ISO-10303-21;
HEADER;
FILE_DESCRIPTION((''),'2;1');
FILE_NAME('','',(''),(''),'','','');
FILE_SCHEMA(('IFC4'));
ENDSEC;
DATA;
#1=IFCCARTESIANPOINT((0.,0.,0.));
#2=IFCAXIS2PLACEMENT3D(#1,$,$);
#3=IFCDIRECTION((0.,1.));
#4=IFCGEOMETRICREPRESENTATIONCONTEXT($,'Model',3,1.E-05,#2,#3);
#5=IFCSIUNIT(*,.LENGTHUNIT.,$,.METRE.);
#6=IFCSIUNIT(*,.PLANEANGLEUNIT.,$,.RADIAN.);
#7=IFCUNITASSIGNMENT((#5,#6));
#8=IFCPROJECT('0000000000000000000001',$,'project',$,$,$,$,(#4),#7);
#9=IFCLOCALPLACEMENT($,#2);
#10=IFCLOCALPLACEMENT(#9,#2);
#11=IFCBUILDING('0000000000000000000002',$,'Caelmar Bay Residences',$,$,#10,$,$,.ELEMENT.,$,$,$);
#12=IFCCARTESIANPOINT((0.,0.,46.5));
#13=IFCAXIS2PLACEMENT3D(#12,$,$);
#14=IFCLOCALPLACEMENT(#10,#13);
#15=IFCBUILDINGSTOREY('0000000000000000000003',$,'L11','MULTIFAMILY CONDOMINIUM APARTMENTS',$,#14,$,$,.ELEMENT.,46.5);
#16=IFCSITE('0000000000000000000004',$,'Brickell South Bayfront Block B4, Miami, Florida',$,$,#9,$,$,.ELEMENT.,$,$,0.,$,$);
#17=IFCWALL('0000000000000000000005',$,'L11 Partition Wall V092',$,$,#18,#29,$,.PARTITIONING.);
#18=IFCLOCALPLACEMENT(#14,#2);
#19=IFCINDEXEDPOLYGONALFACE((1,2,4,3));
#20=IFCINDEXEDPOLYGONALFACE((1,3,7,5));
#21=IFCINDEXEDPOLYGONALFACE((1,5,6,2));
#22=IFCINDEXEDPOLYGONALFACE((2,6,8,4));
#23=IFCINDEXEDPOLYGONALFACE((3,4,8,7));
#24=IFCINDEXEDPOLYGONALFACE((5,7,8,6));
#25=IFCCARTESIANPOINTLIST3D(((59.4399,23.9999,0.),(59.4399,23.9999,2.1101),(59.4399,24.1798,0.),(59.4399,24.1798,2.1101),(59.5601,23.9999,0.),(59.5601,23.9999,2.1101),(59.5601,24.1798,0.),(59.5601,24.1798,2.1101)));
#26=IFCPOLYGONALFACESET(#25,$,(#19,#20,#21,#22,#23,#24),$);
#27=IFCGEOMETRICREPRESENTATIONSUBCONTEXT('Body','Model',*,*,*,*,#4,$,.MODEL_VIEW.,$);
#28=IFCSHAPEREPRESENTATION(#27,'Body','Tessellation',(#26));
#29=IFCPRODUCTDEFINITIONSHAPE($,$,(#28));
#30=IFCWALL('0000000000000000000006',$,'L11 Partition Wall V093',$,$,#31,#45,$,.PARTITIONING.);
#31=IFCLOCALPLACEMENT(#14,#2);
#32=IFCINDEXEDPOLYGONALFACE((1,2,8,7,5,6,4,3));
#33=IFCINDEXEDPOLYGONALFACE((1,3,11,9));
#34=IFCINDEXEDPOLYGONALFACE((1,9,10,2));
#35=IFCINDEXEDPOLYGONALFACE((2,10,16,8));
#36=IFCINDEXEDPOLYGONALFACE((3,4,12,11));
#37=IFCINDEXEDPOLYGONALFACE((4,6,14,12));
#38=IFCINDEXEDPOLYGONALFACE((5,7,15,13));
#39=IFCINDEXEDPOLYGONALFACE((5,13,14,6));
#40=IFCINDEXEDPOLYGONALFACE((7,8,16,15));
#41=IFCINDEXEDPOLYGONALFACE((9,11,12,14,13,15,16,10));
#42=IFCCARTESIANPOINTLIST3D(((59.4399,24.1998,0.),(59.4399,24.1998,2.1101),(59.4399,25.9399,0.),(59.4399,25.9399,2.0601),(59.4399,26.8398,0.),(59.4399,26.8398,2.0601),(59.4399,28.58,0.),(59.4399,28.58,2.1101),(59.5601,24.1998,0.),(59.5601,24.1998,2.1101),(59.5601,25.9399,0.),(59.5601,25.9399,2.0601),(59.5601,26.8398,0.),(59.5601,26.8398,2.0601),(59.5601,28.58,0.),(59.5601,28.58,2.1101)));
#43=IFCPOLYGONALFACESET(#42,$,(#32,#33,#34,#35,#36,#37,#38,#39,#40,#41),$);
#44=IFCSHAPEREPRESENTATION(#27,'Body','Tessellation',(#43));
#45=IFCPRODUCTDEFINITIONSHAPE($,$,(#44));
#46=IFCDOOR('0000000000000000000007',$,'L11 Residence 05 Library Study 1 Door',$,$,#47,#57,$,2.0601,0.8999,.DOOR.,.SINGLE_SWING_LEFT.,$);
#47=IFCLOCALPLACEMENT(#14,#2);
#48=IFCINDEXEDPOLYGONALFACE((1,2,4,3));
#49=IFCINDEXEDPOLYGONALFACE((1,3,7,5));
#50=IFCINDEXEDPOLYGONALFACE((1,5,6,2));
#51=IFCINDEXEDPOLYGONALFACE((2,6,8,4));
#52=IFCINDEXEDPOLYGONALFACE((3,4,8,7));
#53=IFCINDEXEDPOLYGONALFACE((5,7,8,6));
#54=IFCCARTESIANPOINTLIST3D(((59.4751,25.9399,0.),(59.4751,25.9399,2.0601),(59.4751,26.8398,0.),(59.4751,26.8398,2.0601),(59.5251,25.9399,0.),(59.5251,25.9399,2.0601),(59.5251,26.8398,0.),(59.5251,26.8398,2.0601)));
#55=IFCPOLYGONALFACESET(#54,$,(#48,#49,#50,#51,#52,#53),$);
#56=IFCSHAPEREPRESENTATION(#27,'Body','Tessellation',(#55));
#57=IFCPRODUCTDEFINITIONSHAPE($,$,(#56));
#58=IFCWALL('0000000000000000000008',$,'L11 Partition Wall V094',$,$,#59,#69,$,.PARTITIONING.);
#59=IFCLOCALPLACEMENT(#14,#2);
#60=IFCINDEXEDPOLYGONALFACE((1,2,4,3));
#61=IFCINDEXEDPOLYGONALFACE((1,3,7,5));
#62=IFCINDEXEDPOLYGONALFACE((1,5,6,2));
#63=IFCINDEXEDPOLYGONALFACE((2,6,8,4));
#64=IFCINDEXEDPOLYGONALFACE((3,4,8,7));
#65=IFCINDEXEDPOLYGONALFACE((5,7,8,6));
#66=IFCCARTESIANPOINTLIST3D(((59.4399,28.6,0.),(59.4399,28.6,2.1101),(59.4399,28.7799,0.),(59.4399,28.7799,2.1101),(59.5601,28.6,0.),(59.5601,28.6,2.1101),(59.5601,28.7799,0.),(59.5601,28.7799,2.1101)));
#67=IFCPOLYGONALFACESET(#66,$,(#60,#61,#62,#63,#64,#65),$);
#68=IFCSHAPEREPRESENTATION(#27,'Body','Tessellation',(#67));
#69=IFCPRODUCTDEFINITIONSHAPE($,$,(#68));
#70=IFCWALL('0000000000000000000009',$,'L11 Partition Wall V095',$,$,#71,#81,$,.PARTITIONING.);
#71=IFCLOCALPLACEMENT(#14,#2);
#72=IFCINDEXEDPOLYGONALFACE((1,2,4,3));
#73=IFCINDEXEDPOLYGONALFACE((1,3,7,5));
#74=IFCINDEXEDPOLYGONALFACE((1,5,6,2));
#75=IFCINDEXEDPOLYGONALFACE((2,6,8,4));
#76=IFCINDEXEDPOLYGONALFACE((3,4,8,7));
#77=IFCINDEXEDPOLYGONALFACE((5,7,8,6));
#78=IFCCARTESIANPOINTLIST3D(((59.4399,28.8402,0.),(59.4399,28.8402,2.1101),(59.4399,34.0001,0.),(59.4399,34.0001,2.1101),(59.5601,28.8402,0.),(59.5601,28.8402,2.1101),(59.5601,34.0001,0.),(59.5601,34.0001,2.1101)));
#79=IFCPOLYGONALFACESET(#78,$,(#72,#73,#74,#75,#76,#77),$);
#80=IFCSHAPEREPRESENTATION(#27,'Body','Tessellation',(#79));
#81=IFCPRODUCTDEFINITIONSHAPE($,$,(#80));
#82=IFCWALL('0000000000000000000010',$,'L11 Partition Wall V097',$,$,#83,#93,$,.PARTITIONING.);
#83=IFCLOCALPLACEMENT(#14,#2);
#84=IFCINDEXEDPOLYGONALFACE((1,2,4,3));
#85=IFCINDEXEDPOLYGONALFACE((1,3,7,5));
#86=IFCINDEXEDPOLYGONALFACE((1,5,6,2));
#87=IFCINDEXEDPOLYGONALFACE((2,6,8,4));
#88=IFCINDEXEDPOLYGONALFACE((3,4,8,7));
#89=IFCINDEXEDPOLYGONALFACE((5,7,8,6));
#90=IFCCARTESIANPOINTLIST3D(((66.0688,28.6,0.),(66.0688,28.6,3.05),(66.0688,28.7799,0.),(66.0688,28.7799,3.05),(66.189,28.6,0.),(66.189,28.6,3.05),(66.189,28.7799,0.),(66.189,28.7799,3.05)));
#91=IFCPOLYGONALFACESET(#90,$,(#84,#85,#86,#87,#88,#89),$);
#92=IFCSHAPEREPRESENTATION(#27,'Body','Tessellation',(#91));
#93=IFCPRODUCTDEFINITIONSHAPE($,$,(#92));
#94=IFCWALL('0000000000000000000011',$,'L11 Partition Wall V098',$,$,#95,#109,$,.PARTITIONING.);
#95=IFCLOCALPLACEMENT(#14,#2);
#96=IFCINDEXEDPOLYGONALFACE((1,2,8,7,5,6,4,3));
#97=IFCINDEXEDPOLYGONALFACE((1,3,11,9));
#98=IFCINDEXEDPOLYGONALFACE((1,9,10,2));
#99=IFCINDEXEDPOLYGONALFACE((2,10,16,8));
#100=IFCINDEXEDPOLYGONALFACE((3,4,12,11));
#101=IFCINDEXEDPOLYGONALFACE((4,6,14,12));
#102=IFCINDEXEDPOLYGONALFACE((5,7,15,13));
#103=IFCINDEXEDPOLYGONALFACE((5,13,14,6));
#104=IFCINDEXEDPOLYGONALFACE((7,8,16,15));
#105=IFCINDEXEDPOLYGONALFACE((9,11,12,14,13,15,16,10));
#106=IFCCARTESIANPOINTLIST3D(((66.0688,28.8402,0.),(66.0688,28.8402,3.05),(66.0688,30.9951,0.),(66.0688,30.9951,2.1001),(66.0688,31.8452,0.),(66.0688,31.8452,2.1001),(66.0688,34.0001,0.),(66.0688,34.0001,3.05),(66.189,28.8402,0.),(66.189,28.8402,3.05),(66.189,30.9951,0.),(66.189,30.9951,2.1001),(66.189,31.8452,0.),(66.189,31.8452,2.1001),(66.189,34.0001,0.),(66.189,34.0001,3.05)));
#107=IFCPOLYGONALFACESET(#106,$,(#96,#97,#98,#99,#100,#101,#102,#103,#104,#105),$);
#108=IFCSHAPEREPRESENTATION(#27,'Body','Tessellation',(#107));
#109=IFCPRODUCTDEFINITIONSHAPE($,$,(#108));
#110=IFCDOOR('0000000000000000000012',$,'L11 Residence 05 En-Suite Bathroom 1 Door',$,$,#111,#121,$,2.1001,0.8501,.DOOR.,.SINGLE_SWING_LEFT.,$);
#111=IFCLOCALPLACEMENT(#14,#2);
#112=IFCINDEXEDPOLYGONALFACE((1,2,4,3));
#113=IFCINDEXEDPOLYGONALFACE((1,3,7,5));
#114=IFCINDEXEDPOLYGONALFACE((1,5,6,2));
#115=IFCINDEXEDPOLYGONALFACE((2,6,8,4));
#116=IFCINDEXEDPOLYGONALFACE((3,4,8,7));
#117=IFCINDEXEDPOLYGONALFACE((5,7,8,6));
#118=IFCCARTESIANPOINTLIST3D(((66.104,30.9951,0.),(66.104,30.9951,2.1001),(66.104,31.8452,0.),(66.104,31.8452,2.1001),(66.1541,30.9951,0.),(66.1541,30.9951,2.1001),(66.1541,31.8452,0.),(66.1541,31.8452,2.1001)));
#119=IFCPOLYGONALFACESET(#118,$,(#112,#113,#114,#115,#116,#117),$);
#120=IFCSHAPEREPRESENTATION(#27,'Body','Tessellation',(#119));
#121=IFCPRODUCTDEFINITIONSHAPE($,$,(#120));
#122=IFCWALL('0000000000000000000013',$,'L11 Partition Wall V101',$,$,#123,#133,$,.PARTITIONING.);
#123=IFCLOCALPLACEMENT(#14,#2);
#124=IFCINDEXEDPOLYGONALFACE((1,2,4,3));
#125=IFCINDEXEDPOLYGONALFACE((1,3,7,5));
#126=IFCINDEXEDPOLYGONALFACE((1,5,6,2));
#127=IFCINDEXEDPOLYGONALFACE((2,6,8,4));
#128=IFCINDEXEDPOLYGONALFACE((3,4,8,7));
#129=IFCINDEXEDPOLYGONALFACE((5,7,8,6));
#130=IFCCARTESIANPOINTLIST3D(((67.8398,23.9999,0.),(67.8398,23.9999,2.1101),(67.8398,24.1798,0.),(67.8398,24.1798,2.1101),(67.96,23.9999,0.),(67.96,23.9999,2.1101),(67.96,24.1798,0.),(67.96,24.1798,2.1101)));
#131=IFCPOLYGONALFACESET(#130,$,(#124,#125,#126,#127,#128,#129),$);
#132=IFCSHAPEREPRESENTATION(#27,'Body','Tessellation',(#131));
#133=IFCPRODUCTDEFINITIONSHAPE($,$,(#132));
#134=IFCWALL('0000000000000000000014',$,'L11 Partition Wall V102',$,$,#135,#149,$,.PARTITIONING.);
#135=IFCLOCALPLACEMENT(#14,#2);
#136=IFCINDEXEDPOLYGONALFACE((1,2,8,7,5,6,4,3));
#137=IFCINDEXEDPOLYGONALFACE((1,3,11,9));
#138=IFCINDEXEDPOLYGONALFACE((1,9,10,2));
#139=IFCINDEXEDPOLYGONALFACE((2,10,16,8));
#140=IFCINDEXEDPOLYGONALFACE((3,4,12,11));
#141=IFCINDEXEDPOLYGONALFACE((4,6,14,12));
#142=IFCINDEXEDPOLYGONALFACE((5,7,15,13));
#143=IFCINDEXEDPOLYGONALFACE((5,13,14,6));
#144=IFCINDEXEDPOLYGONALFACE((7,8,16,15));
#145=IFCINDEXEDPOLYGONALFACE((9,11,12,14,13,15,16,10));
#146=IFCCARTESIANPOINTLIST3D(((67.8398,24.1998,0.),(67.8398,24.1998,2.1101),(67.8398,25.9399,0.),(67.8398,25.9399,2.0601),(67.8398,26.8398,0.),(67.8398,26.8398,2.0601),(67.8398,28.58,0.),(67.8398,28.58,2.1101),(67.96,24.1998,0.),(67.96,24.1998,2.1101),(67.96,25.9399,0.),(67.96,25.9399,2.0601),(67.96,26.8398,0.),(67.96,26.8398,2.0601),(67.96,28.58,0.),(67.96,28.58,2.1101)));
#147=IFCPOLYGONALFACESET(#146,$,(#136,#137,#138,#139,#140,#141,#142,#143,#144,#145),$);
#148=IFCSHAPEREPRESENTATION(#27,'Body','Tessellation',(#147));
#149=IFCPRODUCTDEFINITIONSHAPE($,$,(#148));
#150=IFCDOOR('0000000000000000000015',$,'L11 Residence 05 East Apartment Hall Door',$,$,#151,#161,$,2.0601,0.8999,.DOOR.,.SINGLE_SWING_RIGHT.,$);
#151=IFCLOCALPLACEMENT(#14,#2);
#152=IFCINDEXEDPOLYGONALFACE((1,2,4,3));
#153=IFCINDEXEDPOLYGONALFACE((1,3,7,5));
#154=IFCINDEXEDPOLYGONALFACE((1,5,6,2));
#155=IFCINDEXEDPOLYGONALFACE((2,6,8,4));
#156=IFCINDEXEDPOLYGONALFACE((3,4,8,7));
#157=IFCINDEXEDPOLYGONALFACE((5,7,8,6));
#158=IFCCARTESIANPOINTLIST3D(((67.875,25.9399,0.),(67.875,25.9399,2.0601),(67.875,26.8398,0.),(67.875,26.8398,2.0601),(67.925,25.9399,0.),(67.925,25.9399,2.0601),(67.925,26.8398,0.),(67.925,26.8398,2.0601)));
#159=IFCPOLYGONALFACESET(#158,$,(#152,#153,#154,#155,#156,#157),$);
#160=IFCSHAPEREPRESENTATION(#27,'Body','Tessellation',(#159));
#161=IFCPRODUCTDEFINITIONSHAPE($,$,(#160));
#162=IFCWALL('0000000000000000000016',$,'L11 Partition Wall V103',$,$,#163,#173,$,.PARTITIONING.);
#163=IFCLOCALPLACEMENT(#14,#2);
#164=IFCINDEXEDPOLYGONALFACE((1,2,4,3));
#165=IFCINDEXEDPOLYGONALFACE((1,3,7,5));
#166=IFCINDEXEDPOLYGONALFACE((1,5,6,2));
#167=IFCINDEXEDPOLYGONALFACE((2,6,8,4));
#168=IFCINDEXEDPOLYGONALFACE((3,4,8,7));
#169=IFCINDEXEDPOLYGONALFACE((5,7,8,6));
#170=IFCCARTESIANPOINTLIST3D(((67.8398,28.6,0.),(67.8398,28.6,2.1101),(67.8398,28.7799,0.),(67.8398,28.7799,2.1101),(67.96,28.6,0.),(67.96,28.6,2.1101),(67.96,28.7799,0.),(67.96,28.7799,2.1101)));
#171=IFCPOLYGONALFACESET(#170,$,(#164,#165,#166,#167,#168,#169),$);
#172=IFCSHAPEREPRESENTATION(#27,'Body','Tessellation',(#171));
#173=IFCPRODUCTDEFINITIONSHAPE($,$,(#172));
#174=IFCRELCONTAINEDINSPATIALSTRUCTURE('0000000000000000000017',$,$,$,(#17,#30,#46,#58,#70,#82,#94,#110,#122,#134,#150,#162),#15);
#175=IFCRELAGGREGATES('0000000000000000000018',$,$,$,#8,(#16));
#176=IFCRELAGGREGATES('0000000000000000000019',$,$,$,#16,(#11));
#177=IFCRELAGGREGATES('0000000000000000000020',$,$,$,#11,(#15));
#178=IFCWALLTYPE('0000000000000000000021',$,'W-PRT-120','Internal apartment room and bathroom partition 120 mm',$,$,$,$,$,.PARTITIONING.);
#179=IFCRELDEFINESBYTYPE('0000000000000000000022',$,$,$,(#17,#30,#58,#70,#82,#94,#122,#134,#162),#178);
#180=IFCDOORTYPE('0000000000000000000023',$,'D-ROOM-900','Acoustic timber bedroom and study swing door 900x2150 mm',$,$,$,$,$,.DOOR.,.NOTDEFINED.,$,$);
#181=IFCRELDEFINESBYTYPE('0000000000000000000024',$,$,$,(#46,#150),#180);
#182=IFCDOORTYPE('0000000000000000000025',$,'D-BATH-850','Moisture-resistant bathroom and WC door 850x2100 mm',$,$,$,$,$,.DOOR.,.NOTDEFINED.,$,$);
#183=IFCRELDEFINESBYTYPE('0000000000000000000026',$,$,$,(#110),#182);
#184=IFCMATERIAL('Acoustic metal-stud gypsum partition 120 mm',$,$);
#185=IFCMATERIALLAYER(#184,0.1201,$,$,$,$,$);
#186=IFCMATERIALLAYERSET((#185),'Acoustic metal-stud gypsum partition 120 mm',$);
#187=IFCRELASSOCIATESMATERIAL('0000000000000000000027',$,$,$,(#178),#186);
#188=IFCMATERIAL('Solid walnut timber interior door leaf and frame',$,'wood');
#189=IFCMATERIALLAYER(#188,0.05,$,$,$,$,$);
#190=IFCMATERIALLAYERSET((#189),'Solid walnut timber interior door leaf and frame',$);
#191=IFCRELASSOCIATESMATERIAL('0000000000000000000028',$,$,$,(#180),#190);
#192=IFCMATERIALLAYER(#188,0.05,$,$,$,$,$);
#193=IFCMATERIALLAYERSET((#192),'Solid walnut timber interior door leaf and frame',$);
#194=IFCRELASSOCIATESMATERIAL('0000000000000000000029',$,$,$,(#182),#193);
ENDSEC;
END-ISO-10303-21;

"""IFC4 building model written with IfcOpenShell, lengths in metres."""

from ifc_helpers import new_model, si_unit, direction, frame, frame_2d, origin, place, context, subcontext, project, spatial, rectangle, extrude, material, layer, layer_set, type_object, element, fill, save


model = new_model("IFC4")

# Units and contexts
model_context = context("Model", 3, precision=1e-05, world=origin(), true_north=direction((0.0, 1.0)))
body_context = subcontext(model_context, "Body", "Model", "MODEL_VIEW")
ifc_project = project(units=[si_unit("LENGTHUNIT", "METRE"), si_unit("PLANEANGLEUNIT", "RADIAN")], contexts=[model_context])

# Site, building, storey
site_placement = place(None, origin())
site = spatial("IfcSite", under=ifc_project, at=site_placement, Name="Brickell South Bayfront Block B4, Miami, Florida", CompositionType="ELEMENT", RefElevation=0.0)
building_placement = place(site_placement, origin())
building = spatial("IfcBuilding", under=site, at=building_placement, Name="Caelmar Bay Residences", CompositionType="ELEMENT")
storey_placement = place(building_placement, frame((0.0, 0.0, 46.5)))
storey = spatial("IfcBuildingStorey", under=building, at=storey_placement, Name="L11", Description="MULTIFAMILY CONDOMINIUM APARTMENTS", CompositionType="ELEMENT", Elevation=46.5)

# Wall
ifc_material_1 = material(Name="Acoustic metal-stud gypsum partition 120 mm")
ifc_layer_1 = layer(ifc_material_1, 0.1201)
ifc_layer_set_1 = layer_set([ifc_layer_1], Name="Acoustic metal-stud gypsum partition 120 mm")
wall_type = type_object("IfcWallType", Name="W-PRT-120", Description="Internal apartment room and bathroom partition 120 mm", PredefinedType="PARTITIONING", material=ifc_layer_set_1)
wall_1_placement = place(storey_placement, frame((59.5, 24.0, 0.0), z_axis=(0.0, 0.0, 1.0), x_axis=(0.0, 1.0, 0.0)))
element("IfcWall", 1, at=wall_1_placement, inside=storey, type_object=wall_type, Name="L11 Partition Wall V092", PredefinedType="PARTITIONING", context=body_context, shape_type="SweptSolid", body=[
    extrude(rectangle(XDim=0.1799, YDim=0.1201, at=frame_2d((0.0898, 0.0))), origin(), (0.0, 0.0, 1.0), 2.1101),
])

# Wall, opening, door
wall_2_placement = place(storey_placement, frame((59.5, 24.2, 0.0), z_axis=(0.0, 0.0, 1.0), x_axis=(0.0, 1.0, 0.0)))
wall_2 = element("IfcWall", 2, at=wall_2_placement, inside=storey, type_object=wall_type, Name="L11 Partition Wall V093", PredefinedType="PARTITIONING", context=body_context, shape_type="SweptSolid", body=[
    extrude(rectangle(XDim=4.3801, YDim=0.1201, at=frame_2d((2.1899, 0.0))), origin(), (0.0, 0.0, 1.0), 2.1101),
])
opening_1_placement = place(wall_2_placement, frame((1.74, 0.0, 0.0)))
opening_1 = element("IfcOpeningElement", 3, at=opening_1_placement, cuts=wall_2, PredefinedType="OPENING", context=body_context, shape_type="SweptSolid", body=[
    extrude(rectangle(XDim=0.8999, YDim=2.0601, at=frame_2d((0.45, 1.03))), frame((0.0, 0.0701, 0.0), z_axis=(0.0, -1.0, 0.0), x_axis=(1.0, 0.0, 0.0)), (0.0, 0.0, 1.0), 0.1401),
])
ifc_material_2 = material(Name="Solid walnut timber interior door leaf and frame", Category="wood")
ifc_layer_2 = layer(ifc_material_2, 0.05)
ifc_layer_set_2 = layer_set([ifc_layer_2], Name="Solid walnut timber interior door leaf and frame")
door_type_1 = type_object("IfcDoorType", Name="D-ROOM-900", Description="Acoustic timber bedroom and study swing door 900x2150 mm", OperationType="NOTDEFINED", PredefinedType="DOOR", material=ifc_layer_set_2)
door_1_placement = place(opening_1_placement, origin())
door_1 = element("IfcDoor", 4, at=door_1_placement, inside=storey, type_object=door_type_1, Name="L11 Residence 05 Library Study 1 Door", OperationType="SINGLE_SWING_LEFT", OverallHeight=2.0601, OverallWidth=0.8999, PredefinedType="DOOR", context=body_context, shape_type="SweptSolid", body=[
    extrude(rectangle(XDim=0.8999, YDim=2.0601, at=frame_2d((0.45, 1.03))), frame((0.0, 0.0249, 0.0), z_axis=(0.0, -1.0, 0.0), x_axis=(1.0, 0.0, 0.0)), (0.0, 0.0, 1.0), 0.05),
])
fill(opening_1, door_1)

# Walls
wall_3_placement = place(storey_placement, frame((59.5, 28.6001, 0.0), z_axis=(0.0, 0.0, 1.0), x_axis=(0.0, 1.0, 0.0)))
element("IfcWall", 5, at=wall_3_placement, inside=storey, type_object=wall_type, Name="L11 Partition Wall V094", PredefinedType="PARTITIONING", context=body_context, shape_type="SweptSolid", body=[
    extrude(rectangle(XDim=0.1799, YDim=0.1201, at=frame_2d((0.0898, 0.0))), origin(), (0.0, 0.0, 1.0), 2.1101),
])
wall_4_placement = place(storey_placement, frame((59.5, 28.8401, 0.0), z_axis=(0.0, 0.0, 1.0), x_axis=(0.0, 1.0, 0.0)))
element("IfcWall", 6, at=wall_4_placement, inside=storey, type_object=wall_type, Name="L11 Partition Wall V095", PredefinedType="PARTITIONING", context=body_context, shape_type="SweptSolid", body=[
    extrude(rectangle(XDim=5.1599, YDim=0.1201, at=frame_2d((2.5801, 0.0))), origin(), (0.0, 0.0, 1.0), 2.1101),
])
wall_5_placement = place(storey_placement, frame((66.1289, 28.6001, 0.0), z_axis=(0.0, 0.0, 1.0), x_axis=(0.0, 1.0, 0.0)))
element("IfcWall", 7, at=wall_5_placement, inside=storey, type_object=wall_type, Name="L11 Partition Wall V097", PredefinedType="PARTITIONING", context=body_context, shape_type="SweptSolid", body=[
    extrude(rectangle(XDim=0.1799, YDim=0.1201, at=frame_2d((0.0898, 0.0))), origin(), (0.0, 0.0, 1.0), 3.05),
])

# Wall, opening, door
wall_6_placement = place(storey_placement, frame((66.1289, 28.8401, 0.0), z_axis=(0.0, 0.0, 1.0), x_axis=(0.0, 1.0, 0.0)))
wall_6 = element("IfcWall", 8, at=wall_6_placement, inside=storey, type_object=wall_type, Name="L11 Partition Wall V098", PredefinedType="PARTITIONING", context=body_context, shape_type="SweptSolid", body=[
    extrude(rectangle(XDim=5.1599, YDim=0.1201, at=frame_2d((2.5801, 0.0))), origin(), (0.0, 0.0, 1.0), 3.05),
])
opening_2_placement = place(wall_6_placement, frame((2.155, 0.0, 0.0)))
opening_2 = element("IfcOpeningElement", 9, at=opening_2_placement, cuts=wall_6, PredefinedType="OPENING", context=body_context, shape_type="SweptSolid", body=[
    extrude(rectangle(XDim=0.8501, YDim=2.1001, at=frame_2d((0.425, 1.05))), frame((0.0, 0.0701, 0.0), z_axis=(0.0, -1.0, 0.0), x_axis=(1.0, 0.0, 0.0)), (0.0, 0.0, 1.0), 0.1401),
])
ifc_layer_3 = layer(ifc_material_2, 0.05)
ifc_layer_set_3 = layer_set([ifc_layer_3], Name="Solid walnut timber interior door leaf and frame")
door_type_2 = type_object("IfcDoorType", Name="D-BATH-850", Description="Moisture-resistant bathroom and WC door 850x2100 mm", OperationType="NOTDEFINED", PredefinedType="DOOR", material=ifc_layer_set_3)
door_2_placement = place(opening_2_placement, origin())
door_2 = element("IfcDoor", 10, at=door_2_placement, inside=storey, type_object=door_type_2, Name="L11 Residence 05 En-Suite Bathroom 1 Door", OperationType="SINGLE_SWING_LEFT", OverallHeight=2.1001, OverallWidth=0.8501, PredefinedType="DOOR", context=body_context, shape_type="SweptSolid", body=[
    extrude(rectangle(XDim=0.8501, YDim=2.1001, at=frame_2d((0.425, 1.05))), frame((0.0, 0.0249, 0.0), z_axis=(0.0, -1.0, 0.0), x_axis=(1.0, 0.0, 0.0)), (0.0, 0.0, 1.0), 0.05),
])
fill(opening_2, door_2)

# Wall
wall_7_placement = place(storey_placement, frame((67.8999, 24.0, 0.0), z_axis=(0.0, 0.0, 1.0), x_axis=(0.0, 1.0, 0.0)))
element("IfcWall", 11, at=wall_7_placement, inside=storey, type_object=wall_type, Name="L11 Partition Wall V101", PredefinedType="PARTITIONING", context=body_context, shape_type="SweptSolid", body=[
    extrude(rectangle(XDim=0.1799, YDim=0.1201, at=frame_2d((0.0898, 0.0))), origin(), (0.0, 0.0, 1.0), 2.1101),
])

# Wall, opening, door
wall_8_placement = place(storey_placement, frame((67.8999, 24.2, 0.0), z_axis=(0.0, 0.0, 1.0), x_axis=(0.0, 1.0, 0.0)))
wall_8 = element("IfcWall", 12, at=wall_8_placement, inside=storey, type_object=wall_type, Name="L11 Partition Wall V102", PredefinedType="PARTITIONING", context=body_context, shape_type="SweptSolid", body=[
    extrude(rectangle(XDim=4.3801, YDim=0.1201, at=frame_2d((2.1899, 0.0))), origin(), (0.0, 0.0, 1.0), 2.1101),
])
opening_3_placement = place(wall_8_placement, frame((1.74, 0.0, 0.0)))
opening_3 = element("IfcOpeningElement", 13, at=opening_3_placement, cuts=wall_8, PredefinedType="OPENING", context=body_context, shape_type="SweptSolid", body=[
    extrude(rectangle(XDim=0.8999, YDim=2.0601, at=frame_2d((0.45, 1.03))), frame((0.0, 0.0701, 0.0), z_axis=(0.0, -1.0, 0.0), x_axis=(1.0, 0.0, 0.0)), (0.0, 0.0, 1.0), 0.1401),
])
door_3_placement = place(opening_3_placement, origin())
door_3 = element("IfcDoor", 14, at=door_3_placement, inside=storey, type_object=door_type_1, Name="L11 Residence 05 East Apartment Hall Door", OperationType="SINGLE_SWING_RIGHT", OverallHeight=2.0601, OverallWidth=0.8999, PredefinedType="DOOR", context=body_context, shape_type="SweptSolid", body=[
    extrude(rectangle(XDim=0.8999, YDim=2.0601, at=frame_2d((0.45, 1.03))), frame((0.0, 0.0249, 0.0), z_axis=(0.0, -1.0, 0.0), x_axis=(1.0, 0.0, 0.0)), (0.0, 0.0, 1.0), 0.05),
])
fill(opening_3, door_3)

# Wall
wall_9_placement = place(storey_placement, frame((67.8999, 28.6001, 0.0), z_axis=(0.0, 0.0, 1.0), x_axis=(0.0, 1.0, 0.0)))
element("IfcWall", 15, at=wall_9_placement, inside=storey, type_object=wall_type, Name="L11 Partition Wall V103", PredefinedType="PARTITIONING", context=body_context, shape_type="SweptSolid", body=[
    extrude(rectangle(XDim=0.1799, YDim=0.1201, at=frame_2d((0.0898, 0.0))), origin(), (0.0, 0.0, 1.0), 2.1101),
])

save(model, "model.ifc")
